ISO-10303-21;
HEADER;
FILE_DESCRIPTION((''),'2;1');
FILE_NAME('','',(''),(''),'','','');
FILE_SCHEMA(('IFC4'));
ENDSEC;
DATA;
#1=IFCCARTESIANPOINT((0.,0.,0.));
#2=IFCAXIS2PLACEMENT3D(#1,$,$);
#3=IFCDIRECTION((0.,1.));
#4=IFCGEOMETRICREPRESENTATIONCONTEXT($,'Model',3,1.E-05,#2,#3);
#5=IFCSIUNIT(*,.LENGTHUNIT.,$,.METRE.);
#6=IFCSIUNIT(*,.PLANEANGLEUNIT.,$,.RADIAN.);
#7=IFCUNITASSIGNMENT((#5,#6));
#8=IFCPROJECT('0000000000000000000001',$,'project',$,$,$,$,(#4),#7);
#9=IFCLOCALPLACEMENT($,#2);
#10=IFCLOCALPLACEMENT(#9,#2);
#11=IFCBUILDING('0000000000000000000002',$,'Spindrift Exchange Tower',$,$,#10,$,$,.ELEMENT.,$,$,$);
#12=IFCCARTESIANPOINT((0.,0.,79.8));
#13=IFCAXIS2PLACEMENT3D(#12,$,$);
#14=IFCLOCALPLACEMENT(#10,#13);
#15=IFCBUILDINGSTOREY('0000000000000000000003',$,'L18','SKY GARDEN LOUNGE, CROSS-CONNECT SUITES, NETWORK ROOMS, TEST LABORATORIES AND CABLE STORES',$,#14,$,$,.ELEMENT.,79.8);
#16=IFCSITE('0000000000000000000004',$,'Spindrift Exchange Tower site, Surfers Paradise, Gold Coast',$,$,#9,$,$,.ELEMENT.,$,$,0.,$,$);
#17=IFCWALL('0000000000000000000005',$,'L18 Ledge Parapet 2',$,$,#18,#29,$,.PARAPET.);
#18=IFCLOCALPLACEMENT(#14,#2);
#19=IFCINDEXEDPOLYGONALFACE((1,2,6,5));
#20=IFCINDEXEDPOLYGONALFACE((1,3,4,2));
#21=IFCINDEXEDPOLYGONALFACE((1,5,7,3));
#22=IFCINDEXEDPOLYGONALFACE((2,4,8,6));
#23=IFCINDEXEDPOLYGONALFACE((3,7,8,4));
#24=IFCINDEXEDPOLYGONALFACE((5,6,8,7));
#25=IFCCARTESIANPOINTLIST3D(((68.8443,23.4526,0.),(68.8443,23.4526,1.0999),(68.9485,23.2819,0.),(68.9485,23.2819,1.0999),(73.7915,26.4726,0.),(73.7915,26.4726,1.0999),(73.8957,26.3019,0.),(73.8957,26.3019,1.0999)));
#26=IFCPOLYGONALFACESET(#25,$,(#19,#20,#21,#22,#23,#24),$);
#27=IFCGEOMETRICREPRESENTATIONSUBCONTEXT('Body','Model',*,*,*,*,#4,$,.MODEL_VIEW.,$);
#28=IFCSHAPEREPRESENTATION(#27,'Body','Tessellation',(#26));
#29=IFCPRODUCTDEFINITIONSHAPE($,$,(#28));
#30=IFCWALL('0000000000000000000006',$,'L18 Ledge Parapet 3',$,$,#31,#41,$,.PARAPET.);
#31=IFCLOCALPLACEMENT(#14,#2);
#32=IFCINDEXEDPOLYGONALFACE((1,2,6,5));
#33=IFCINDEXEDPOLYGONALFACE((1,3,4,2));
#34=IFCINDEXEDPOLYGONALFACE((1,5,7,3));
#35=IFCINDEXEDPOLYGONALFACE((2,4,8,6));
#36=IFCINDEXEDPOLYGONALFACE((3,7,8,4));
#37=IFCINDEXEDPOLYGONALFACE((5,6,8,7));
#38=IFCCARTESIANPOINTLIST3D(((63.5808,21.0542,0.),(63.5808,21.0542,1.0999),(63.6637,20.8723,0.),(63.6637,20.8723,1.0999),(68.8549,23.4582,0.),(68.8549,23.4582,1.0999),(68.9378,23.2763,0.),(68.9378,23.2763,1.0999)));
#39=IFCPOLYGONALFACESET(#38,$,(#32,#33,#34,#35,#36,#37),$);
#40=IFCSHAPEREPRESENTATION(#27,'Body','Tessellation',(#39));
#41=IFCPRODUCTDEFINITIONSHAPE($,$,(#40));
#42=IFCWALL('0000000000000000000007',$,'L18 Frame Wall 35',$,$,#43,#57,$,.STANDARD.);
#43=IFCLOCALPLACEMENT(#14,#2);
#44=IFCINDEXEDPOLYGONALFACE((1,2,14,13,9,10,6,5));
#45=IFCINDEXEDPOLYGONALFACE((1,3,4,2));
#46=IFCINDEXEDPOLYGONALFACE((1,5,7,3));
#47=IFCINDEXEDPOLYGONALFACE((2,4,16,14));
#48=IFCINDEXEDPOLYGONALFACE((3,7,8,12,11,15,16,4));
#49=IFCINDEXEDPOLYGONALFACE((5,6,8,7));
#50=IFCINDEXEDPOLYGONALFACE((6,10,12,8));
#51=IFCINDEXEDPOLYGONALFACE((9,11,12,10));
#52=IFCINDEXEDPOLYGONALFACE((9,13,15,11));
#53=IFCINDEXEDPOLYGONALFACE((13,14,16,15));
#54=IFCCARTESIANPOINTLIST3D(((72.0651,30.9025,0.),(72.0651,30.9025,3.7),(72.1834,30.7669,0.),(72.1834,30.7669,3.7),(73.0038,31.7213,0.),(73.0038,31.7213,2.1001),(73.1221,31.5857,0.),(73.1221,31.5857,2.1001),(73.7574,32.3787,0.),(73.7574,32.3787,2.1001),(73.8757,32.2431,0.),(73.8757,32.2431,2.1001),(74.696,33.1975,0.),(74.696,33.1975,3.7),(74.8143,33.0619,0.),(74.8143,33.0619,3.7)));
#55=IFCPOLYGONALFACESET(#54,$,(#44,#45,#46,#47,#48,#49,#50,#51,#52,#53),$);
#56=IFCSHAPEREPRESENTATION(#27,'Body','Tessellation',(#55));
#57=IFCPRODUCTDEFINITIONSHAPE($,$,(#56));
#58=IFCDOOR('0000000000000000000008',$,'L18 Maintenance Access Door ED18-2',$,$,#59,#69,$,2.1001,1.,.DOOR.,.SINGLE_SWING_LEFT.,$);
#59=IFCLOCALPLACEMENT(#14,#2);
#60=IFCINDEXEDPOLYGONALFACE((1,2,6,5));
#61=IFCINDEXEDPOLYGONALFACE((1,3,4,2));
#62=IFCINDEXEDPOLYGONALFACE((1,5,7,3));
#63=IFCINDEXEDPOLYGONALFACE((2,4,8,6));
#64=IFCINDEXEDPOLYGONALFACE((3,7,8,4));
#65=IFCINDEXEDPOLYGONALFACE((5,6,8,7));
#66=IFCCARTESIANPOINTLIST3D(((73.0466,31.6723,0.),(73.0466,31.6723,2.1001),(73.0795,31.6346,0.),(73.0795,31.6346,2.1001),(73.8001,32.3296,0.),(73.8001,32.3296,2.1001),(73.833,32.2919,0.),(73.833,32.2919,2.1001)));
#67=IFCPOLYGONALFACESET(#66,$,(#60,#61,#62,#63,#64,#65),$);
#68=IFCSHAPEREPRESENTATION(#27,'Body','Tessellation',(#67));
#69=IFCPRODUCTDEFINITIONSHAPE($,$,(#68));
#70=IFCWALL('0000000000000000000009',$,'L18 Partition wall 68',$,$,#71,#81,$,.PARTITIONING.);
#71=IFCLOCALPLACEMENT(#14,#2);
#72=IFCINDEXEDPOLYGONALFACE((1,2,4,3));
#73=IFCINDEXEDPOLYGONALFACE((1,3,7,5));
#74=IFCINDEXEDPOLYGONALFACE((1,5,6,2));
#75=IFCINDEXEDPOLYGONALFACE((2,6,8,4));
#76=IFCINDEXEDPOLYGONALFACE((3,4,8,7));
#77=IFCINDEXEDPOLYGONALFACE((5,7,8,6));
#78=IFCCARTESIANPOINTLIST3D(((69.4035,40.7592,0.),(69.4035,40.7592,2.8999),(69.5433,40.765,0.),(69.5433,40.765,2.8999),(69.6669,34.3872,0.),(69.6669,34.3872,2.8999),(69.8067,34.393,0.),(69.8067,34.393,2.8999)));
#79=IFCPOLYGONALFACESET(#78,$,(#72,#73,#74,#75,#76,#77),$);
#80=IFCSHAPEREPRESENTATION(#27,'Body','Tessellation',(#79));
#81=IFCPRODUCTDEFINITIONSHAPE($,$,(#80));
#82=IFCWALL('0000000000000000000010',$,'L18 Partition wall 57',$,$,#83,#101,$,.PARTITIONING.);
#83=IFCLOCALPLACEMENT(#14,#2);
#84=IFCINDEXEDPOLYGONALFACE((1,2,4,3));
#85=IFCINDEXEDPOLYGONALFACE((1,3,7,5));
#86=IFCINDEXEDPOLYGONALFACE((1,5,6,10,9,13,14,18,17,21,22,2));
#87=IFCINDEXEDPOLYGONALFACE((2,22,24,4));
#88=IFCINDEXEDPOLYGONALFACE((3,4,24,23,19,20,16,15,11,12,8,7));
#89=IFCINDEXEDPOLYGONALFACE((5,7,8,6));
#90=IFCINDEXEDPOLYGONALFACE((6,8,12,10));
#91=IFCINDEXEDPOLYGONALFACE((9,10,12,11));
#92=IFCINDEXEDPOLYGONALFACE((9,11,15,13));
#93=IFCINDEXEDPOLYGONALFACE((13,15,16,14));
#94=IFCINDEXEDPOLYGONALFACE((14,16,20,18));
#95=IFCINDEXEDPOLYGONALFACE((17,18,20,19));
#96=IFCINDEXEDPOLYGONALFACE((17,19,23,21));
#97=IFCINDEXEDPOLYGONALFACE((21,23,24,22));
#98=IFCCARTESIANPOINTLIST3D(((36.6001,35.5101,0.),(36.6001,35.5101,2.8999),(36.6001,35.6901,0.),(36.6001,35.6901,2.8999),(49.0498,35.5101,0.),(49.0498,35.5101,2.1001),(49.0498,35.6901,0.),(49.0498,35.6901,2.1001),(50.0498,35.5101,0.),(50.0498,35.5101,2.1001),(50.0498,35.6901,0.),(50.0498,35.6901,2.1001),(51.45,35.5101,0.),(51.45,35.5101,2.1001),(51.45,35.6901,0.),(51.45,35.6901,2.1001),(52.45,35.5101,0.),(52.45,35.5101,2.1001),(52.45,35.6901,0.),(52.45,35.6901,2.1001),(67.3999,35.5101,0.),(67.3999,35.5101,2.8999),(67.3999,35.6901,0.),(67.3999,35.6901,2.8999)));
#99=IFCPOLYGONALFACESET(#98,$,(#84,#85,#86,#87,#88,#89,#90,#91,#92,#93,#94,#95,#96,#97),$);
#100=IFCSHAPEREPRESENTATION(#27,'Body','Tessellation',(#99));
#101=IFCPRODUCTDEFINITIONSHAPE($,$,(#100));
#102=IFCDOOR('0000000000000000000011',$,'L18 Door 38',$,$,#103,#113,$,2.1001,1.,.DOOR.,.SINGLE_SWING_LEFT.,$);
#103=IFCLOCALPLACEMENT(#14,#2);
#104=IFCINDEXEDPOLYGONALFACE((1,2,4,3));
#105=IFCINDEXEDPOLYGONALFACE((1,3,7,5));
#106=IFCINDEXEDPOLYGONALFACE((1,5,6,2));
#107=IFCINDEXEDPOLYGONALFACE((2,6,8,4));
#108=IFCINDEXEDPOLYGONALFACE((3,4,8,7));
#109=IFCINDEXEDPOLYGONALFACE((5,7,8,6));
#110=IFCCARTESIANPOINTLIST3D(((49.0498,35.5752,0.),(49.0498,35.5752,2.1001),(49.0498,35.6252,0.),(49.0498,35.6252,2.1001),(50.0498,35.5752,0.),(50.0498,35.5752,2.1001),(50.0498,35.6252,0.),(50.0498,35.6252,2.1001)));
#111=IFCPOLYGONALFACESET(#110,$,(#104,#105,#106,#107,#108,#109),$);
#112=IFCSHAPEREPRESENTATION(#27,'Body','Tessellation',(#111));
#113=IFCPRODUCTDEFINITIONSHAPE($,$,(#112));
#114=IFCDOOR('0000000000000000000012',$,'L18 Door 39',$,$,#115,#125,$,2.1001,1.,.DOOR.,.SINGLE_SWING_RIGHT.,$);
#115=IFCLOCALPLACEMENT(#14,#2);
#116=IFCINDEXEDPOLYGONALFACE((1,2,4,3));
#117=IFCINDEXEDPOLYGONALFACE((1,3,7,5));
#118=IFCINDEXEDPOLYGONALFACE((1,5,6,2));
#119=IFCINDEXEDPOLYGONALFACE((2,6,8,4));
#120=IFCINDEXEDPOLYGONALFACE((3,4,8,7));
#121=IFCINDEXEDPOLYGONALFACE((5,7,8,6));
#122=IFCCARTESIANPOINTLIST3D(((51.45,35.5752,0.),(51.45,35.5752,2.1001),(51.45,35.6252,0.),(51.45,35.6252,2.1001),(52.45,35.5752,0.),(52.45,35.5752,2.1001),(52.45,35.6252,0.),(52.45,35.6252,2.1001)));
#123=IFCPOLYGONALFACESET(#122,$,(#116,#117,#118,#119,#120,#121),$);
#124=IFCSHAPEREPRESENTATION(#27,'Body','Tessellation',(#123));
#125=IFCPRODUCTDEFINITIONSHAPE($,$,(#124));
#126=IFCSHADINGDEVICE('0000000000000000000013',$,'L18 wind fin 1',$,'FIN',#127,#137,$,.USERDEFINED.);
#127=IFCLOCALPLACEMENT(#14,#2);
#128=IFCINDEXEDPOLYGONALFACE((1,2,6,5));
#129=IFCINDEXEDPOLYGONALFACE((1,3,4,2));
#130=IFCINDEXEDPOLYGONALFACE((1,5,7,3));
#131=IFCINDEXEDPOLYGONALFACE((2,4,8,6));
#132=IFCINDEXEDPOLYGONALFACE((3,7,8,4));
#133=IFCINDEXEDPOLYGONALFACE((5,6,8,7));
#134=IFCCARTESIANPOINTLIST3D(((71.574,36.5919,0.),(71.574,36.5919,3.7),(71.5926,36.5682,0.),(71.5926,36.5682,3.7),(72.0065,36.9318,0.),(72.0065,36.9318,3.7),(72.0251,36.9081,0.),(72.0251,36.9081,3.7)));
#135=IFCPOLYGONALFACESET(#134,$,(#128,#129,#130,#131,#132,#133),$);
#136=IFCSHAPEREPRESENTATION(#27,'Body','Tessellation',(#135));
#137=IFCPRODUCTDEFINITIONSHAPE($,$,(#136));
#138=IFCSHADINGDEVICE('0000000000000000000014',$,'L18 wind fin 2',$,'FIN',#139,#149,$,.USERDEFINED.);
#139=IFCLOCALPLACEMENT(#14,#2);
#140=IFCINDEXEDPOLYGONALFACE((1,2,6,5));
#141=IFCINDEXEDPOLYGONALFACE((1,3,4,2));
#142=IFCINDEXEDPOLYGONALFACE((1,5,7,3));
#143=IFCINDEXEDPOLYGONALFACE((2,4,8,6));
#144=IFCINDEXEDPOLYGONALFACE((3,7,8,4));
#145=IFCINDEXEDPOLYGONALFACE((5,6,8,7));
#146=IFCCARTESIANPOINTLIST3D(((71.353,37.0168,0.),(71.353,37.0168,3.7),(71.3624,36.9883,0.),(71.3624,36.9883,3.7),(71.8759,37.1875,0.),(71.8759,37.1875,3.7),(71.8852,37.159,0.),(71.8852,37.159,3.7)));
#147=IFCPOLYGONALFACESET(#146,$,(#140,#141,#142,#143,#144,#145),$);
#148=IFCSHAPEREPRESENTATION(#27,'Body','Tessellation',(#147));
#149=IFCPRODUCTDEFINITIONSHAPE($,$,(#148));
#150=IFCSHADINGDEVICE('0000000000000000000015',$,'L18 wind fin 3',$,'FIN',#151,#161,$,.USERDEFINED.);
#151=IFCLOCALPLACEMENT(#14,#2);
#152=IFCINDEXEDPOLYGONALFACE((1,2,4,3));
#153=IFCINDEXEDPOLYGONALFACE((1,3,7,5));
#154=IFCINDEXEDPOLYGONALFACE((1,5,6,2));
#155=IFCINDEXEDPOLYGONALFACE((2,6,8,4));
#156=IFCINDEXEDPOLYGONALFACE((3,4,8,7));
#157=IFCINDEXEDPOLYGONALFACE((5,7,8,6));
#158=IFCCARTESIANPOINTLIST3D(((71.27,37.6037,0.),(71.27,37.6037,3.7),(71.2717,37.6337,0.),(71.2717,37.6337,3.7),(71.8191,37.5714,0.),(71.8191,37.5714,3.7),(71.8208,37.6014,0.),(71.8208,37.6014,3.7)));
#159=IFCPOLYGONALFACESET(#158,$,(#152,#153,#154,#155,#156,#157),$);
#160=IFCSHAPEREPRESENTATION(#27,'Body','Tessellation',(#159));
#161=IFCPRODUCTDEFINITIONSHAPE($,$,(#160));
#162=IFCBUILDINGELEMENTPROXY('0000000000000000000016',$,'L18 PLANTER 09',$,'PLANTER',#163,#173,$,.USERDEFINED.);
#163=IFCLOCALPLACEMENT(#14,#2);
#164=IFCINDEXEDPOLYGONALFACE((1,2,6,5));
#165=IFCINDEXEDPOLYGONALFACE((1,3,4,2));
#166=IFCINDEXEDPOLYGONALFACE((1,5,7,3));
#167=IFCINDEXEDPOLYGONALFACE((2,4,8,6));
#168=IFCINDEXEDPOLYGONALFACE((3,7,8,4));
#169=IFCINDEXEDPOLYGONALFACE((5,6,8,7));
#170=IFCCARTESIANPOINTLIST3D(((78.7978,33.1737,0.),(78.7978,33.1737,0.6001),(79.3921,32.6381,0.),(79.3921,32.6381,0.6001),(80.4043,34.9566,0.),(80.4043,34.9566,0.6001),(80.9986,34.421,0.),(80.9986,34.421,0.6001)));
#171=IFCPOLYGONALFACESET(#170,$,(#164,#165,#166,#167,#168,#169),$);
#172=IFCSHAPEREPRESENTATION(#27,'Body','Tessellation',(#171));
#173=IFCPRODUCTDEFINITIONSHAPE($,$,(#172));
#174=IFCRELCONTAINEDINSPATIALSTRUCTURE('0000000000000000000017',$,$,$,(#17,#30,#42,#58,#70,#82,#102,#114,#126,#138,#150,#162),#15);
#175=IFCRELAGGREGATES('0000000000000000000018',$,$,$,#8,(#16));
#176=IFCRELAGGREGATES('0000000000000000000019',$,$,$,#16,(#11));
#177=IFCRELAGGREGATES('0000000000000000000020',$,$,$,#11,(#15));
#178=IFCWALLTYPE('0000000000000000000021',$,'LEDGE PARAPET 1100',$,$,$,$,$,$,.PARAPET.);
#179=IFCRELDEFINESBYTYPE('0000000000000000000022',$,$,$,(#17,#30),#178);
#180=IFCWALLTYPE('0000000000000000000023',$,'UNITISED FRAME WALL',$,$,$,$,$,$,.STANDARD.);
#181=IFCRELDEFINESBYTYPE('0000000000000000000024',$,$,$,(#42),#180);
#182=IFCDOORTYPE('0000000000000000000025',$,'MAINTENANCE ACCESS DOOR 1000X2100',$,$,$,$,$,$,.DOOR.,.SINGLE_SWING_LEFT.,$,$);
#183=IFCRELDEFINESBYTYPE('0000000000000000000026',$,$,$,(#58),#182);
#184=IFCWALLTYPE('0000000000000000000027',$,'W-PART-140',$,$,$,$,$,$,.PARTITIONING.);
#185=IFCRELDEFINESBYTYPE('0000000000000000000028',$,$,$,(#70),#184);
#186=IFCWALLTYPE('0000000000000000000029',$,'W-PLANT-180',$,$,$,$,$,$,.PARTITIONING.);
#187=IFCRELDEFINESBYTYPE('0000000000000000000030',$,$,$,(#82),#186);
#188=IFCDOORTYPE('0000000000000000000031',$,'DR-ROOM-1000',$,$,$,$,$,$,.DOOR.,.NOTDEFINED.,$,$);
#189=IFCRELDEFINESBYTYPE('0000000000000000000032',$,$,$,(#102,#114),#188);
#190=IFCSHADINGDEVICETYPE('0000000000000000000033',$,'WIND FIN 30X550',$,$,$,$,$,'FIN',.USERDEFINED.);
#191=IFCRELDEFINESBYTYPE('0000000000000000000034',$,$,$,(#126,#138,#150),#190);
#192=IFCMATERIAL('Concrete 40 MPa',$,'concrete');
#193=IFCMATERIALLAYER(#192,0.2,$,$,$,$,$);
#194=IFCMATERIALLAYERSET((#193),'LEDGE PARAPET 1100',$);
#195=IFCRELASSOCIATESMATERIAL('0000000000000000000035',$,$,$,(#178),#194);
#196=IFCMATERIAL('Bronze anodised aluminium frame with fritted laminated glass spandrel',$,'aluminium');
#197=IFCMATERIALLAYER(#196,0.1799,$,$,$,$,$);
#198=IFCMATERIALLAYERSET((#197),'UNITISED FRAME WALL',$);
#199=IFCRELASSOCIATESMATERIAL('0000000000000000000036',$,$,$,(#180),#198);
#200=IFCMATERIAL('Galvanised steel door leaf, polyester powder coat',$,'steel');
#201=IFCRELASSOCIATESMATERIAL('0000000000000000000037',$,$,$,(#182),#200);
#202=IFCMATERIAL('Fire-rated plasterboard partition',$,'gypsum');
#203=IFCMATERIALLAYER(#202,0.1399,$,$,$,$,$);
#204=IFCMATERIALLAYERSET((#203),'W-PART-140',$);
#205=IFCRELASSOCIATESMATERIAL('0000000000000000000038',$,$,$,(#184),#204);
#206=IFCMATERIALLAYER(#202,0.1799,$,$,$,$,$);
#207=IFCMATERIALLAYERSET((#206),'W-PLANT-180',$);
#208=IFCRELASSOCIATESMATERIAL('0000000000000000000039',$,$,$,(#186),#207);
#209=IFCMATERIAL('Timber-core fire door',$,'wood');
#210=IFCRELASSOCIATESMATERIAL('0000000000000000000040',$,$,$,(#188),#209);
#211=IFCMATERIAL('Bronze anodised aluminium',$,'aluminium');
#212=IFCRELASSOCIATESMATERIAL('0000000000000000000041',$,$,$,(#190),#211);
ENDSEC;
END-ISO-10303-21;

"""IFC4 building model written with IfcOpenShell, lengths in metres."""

from ifc_helpers import new_model, si_unit, direction, frame, frame_2d, origin, origin_2d, place, context, subcontext, project, spatial, rectangle, extrude, source, transform, mapped, material, layer, layer_set, material_profile, profile_set, type_object, element, fill, save


model = new_model("IFC4")

# Units and contexts
model_context = context("Model", 3, precision=1e-05, world=origin(), true_north=direction((0.0, 1.0)))
body_context = subcontext(model_context, "Body", "Model", "MODEL_VIEW")
ifc_project = project(units=[si_unit("LENGTHUNIT", "METRE"), si_unit("PLANEANGLEUNIT", "RADIAN")], contexts=[model_context])

# Site, building, storey
site_placement = place(None, origin())
site = spatial("IfcSite", under=ifc_project, at=site_placement, Name="Spindrift Exchange Tower site, Surfers Paradise, Gold Coast", CompositionType="ELEMENT", RefElevation=0.0)
building_placement = place(site_placement, origin())
building = spatial("IfcBuilding", under=site, at=building_placement, Name="Spindrift Exchange Tower", CompositionType="ELEMENT")
storey_placement = place(building_placement, frame((0.0, 0.0, 79.8)))
storey = spatial("IfcBuildingStorey", under=building, at=storey_placement, Name="L18", Description="SKY GARDEN LOUNGE, CROSS-CONNECT SUITES, NETWORK ROOMS, TEST LABORATORIES AND CABLE STORES", CompositionType="ELEMENT", Elevation=79.8)

# Shared definitions
ifc_material_1 = material(Name="Bronze anodised aluminium", Category="aluminium")

# Walls
ifc_material_2 = material(Name="Concrete 40 MPa", Category="concrete")
ifc_layer_1 = layer(ifc_material_2, 0.2)
ifc_layer_set_1 = layer_set([ifc_layer_1], Name="LEDGE PARAPET 1100")
wall_type_1 = type_object("IfcWallType", Name="LEDGE PARAPET 1100", PredefinedType="PARAPET", material=ifc_layer_set_1)
for number, where, z_axis, x_axis, name in (
    (1, (73.8435, 26.3872, 0.0), (0.0, 0.0, 1.0), (-0.853536, -0.521034, 0.0), "L18 Ledge Parapet 2"),
    (2, (68.8962, 23.3672, 0.0), (0.0, 0.0, 1.0), (-0.90993, -0.414761, 0.0), "L18 Ledge Parapet 3"),
):
    element("IfcWall", number, at=place(storey_placement, frame(where, z_axis=z_axis, x_axis=x_axis)), inside=storey, type_object=wall_type_1, Name=name, PredefinedType="PARAPET", context=body_context, shape_type="SweptSolid", body=[
        extrude(rectangle(XDim=5.7961, YDim=0.2, at=frame_2d((2.8979, 0.0))), origin(), (0.0, 0.0, 1.0), 1.0999),
    ])

# Wall, opening, door
ifc_material_3 = material(Name="Bronze anodised aluminium frame with fritted laminated glass spandrel", Category="aluminium")
ifc_layer_2 = layer(ifc_material_3, 0.1799)
ifc_layer_set_2 = layer_set([ifc_layer_2], Name="UNITISED FRAME WALL")
wall_type_2 = type_object("IfcWallType", Name="UNITISED FRAME WALL", PredefinedType="STANDARD", material=ifc_layer_set_2)
wall_1_placement = place(storey_placement, frame((72.1243, 30.8347, 0.0), z_axis=(0.0, 0.0, 1.0), x_axis=(0.753581, 0.657355, 0.0)))
wall_1 = element("IfcWall", 3, at=wall_1_placement, inside=storey, type_object=wall_type_2, Name="L18 Frame Wall 35", PredefinedType="STANDARD", context=body_context, shape_type="SweptSolid", body=[
    extrude(rectangle(XDim=3.4912, YDim=0.1799, at=frame_2d((1.7456, 0.0))), origin(), (0.0, 0.0, 1.0), 3.7),
])
opening_1_placement = place(wall_1_placement, frame((1.2456, 0.0, 0.0)))
opening_1 = element("IfcOpeningElement", 4, at=opening_1_placement, cuts=wall_1, PredefinedType="OPENING", context=body_context, shape_type="SweptSolid", body=[
    extrude(rectangle(XDim=1.0, YDim=2.1001, at=frame_2d((0.5, 1.05))), frame((0.0, 0.0999, 0.0), z_axis=(0.0, -1.0, 0.0), x_axis=(1.0, 0.0, 0.0)), (0.0, 0.0, 1.0), 0.2),
])
ifc_material_4 = material(Name="Galvanised steel door leaf, polyester powder coat", Category="steel")
door_type_1 = type_object("IfcDoorType", Name="MAINTENANCE ACCESS DOOR 1000X2100", OperationType="SINGLE_SWING_LEFT", PredefinedType="DOOR", material=ifc_material_4)
shared_shape_1 = source(origin(), body_context, "Body", "SweptSolid", [
    extrude(rectangle(XDim=1.0, YDim=2.1001, at=frame_2d((0.5, 1.05))), frame((0.0, 0.0249, 0.0), z_axis=(0.0, -1.0, 0.0), x_axis=(1.0, 0.0, 0.0)), (0.0, 0.0, 1.0), 0.05),
])
door_1_placement = place(opening_1_placement, origin())
door_1 = element("IfcDoor", 5, at=door_1_placement, inside=storey, type_object=door_type_1, Name="L18 Maintenance Access Door ED18-2", OperationType="SINGLE_SWING_LEFT", OverallHeight=2.1001, OverallWidth=1.0, PredefinedType="DOOR", context=body_context, shape_type="MappedRepresentation", body=[
    mapped(shared_shape_1, transform((0.0, 0.0, 0.0), scale=1.0)),
])
fill(opening_1, door_1)

# Wall
ifc_material_5 = material(Name="Fire-rated plasterboard partition", Category="gypsum")
ifc_layer_3 = layer(ifc_material_5, 0.1399)
ifc_layer_set_3 = layer_set([ifc_layer_3], Name="W-PART-140")
wall_type_3 = type_object("IfcWallType", Name="W-PART-140", PredefinedType="PARTITIONING", material=ifc_layer_set_3)
wall_2_placement = place(storey_placement, frame((69.7368, 34.3901, 0.0), z_axis=(0.0, 0.0, 1.0), x_axis=(-0.041306, 0.999147, 0.0)))
element("IfcWall", 6, at=wall_2_placement, inside=storey, type_object=wall_type_3, Name="L18 Partition wall 68", PredefinedType="PARTITIONING", context=body_context, shape_type="SweptSolid", body=[
    extrude(rectangle(XDim=6.3774, YDim=0.1399, at=frame_2d((3.1887, 0.0))), origin(), (0.0, 0.0, 1.0), 2.8999),
])

# Wall, openings, doors
ifc_layer_4 = layer(ifc_material_5, 0.1799)
ifc_layer_set_4 = layer_set([ifc_layer_4], Name="W-PLANT-180")
wall_type_4 = type_object("IfcWallType", Name="W-PLANT-180", PredefinedType="PARTITIONING", material=ifc_layer_set_4)
wall_3_placement = place(storey_placement, frame((67.3999, 35.6001, 0.0), z_axis=(0.0, 0.0, 1.0), x_axis=(-1.0, 0.0, 0.0)))
wall_3 = element("IfcWall", 7, at=wall_3_placement, inside=storey, type_object=wall_type_4, Name="L18 Partition wall 57", PredefinedType="PARTITIONING", context=body_context, shape_type="SweptSolid", body=[
    extrude(rectangle(XDim=30.7998, YDim=0.1799, at=frame_2d((15.3999, 0.0))), origin(), (0.0, 0.0, 1.0), 2.8999),
])
opening_2_placement = place(wall_3_placement, frame((17.3501, 0.0, 0.0)))
opening_2 = element("IfcOpeningElement", 8, at=opening_2_placement, cuts=wall_3, PredefinedType="OPENING", context=body_context, shape_type="SweptSolid", body=[
    extrude(rectangle(XDim=1.0, YDim=2.1001, at=frame_2d((0.5, 1.05))), frame((0.0, 0.0999, 0.0), z_axis=(0.0, -1.0, 0.0), x_axis=(1.0, 0.0, 0.0)), (0.0, 0.0, 1.0), 0.2),
])
opening_3_placement = place(wall_3_placement, frame((14.95, 0.0, 0.0)))
opening_3 = element("IfcOpeningElement", 9, at=opening_3_placement, cuts=wall_3, PredefinedType="OPENING", context=body_context, shape_type="SweptSolid", body=[
    extrude(rectangle(XDim=1.0, YDim=2.1001, at=frame_2d((0.5, 1.05))), frame((0.0, 0.0999, 0.0), z_axis=(0.0, -1.0, 0.0), x_axis=(1.0, 0.0, 0.0)), (0.0, 0.0, 1.0), 0.2),
])
ifc_material_6 = material(Name="Timber-core fire door", Category="wood")
door_type_2 = type_object("IfcDoorType", Name="DR-ROOM-1000", OperationType="NOTDEFINED", PredefinedType="DOOR", material=ifc_material_6)
shared_shape_2 = source(origin(), body_context, "Body", "SweptSolid", [
    extrude(rectangle(XDim=1.0, YDim=2.1001, at=frame_2d((0.5, 1.05))), frame((0.0, 0.0249, 0.0), z_axis=(0.0, -1.0, 0.0), x_axis=(1.0, 0.0, 0.0)), (0.0, 0.0, 1.0), 0.05),
])
door_2_placement = place(opening_2_placement, origin())
door_2 = element("IfcDoor", 10, at=door_2_placement, inside=storey, type_object=door_type_2, Name="L18 Door 38", OperationType="SINGLE_SWING_LEFT", OverallHeight=2.1001, OverallWidth=1.0, PredefinedType="DOOR", context=body_context, shape_type="MappedRepresentation", body=[
    mapped(shared_shape_2, transform((0.0, 0.0, 0.0), scale=1.0)),
])
fill(opening_2, door_2)
door_3_placement = place(opening_3_placement, origin())
door_3 = element("IfcDoor", 11, at=door_3_placement, inside=storey, type_object=door_type_2, Name="L18 Door 39", OperationType="SINGLE_SWING_RIGHT", OverallHeight=2.1001, OverallWidth=1.0, PredefinedType="DOOR", context=body_context, shape_type="MappedRepresentation", body=[
    mapped(shared_shape_2, transform((0.0, 0.0, 0.0), scale=1.0)),
])
fill(opening_3, door_3)

# Shading devices
ifc_material_profile_1 = material_profile(ifc_material_1, rectangle(XDim=0.03, YDim=0.55, at=origin_2d()), Name="WIND FIN 30X550")
ifc_profile_set_1 = profile_set([ifc_material_profile_1], Name="Bronze anodised aluminium")
shading_device_type = type_object("IfcShadingDeviceType", Name="WIND FIN 30X550", ElementType="FIN", PredefinedType="USERDEFINED", material=ifc_profile_set_1)
shared_shape_3 = source(origin(), body_context, "Body", "SweptSolid", [
    extrude(rectangle(XDim=0.03, YDim=0.55, at=origin_2d()), origin(), (0.0, 0.0, 1.0), 3.7),
])
for number, where, z_axis, x_axis, name in (
    (12, (71.7996, 36.75, 0.0), (0.0, 0.0, 1.0), (-0.617934, 0.78623, 0.0), "L18 wind fin 1"),
    (13, (71.6191, 37.0879, 0.0), (0.0, 0.0, 1.0), (-0.310331, 0.950628, 0.0), "L18 wind fin 2"),
    (14, (71.5454, 37.6025, 0.0), (0.0, 0.0, 1.0), (0.058775, 0.998271, 0.0), "L18 wind fin 3"),
):
    element("IfcShadingDevice", number, at=place(storey_placement, frame(where, z_axis=z_axis, x_axis=x_axis)), inside=storey, type_object=shading_device_type, Name=name, ObjectType="FIN", PredefinedType="USERDEFINED", context=body_context, shape_type="MappedRepresentation", body=[
        mapped(shared_shape_3, transform((0.0, 0.0, 0.0), scale=1.0)),
    ])

# Building element proxy
shared_shape_4 = source(origin(), body_context, "Body", "SweptSolid", [
    extrude(rectangle(XDim=2.3999, YDim=0.8, at=origin_2d()), origin(), (0.0, 0.0, 1.0), 0.6001),
])
proxy_placement = place(storey_placement, frame((79.8982, 33.7974, 0.0), z_axis=(0.0, 0.0, 1.0), x_axis=(-0.669393, -0.742909, 0.0)))
element("IfcBuildingElementProxy", 15, at=proxy_placement, inside=storey, Name="L18 PLANTER 09", ObjectType="PLANTER", PredefinedType="USERDEFINED", context=body_context, shape_type="MappedRepresentation", body=[
    mapped(shared_shape_4, transform((0.0, 0.0, 0.0), scale=1.0)),
])

save(model, "model.ifc")
